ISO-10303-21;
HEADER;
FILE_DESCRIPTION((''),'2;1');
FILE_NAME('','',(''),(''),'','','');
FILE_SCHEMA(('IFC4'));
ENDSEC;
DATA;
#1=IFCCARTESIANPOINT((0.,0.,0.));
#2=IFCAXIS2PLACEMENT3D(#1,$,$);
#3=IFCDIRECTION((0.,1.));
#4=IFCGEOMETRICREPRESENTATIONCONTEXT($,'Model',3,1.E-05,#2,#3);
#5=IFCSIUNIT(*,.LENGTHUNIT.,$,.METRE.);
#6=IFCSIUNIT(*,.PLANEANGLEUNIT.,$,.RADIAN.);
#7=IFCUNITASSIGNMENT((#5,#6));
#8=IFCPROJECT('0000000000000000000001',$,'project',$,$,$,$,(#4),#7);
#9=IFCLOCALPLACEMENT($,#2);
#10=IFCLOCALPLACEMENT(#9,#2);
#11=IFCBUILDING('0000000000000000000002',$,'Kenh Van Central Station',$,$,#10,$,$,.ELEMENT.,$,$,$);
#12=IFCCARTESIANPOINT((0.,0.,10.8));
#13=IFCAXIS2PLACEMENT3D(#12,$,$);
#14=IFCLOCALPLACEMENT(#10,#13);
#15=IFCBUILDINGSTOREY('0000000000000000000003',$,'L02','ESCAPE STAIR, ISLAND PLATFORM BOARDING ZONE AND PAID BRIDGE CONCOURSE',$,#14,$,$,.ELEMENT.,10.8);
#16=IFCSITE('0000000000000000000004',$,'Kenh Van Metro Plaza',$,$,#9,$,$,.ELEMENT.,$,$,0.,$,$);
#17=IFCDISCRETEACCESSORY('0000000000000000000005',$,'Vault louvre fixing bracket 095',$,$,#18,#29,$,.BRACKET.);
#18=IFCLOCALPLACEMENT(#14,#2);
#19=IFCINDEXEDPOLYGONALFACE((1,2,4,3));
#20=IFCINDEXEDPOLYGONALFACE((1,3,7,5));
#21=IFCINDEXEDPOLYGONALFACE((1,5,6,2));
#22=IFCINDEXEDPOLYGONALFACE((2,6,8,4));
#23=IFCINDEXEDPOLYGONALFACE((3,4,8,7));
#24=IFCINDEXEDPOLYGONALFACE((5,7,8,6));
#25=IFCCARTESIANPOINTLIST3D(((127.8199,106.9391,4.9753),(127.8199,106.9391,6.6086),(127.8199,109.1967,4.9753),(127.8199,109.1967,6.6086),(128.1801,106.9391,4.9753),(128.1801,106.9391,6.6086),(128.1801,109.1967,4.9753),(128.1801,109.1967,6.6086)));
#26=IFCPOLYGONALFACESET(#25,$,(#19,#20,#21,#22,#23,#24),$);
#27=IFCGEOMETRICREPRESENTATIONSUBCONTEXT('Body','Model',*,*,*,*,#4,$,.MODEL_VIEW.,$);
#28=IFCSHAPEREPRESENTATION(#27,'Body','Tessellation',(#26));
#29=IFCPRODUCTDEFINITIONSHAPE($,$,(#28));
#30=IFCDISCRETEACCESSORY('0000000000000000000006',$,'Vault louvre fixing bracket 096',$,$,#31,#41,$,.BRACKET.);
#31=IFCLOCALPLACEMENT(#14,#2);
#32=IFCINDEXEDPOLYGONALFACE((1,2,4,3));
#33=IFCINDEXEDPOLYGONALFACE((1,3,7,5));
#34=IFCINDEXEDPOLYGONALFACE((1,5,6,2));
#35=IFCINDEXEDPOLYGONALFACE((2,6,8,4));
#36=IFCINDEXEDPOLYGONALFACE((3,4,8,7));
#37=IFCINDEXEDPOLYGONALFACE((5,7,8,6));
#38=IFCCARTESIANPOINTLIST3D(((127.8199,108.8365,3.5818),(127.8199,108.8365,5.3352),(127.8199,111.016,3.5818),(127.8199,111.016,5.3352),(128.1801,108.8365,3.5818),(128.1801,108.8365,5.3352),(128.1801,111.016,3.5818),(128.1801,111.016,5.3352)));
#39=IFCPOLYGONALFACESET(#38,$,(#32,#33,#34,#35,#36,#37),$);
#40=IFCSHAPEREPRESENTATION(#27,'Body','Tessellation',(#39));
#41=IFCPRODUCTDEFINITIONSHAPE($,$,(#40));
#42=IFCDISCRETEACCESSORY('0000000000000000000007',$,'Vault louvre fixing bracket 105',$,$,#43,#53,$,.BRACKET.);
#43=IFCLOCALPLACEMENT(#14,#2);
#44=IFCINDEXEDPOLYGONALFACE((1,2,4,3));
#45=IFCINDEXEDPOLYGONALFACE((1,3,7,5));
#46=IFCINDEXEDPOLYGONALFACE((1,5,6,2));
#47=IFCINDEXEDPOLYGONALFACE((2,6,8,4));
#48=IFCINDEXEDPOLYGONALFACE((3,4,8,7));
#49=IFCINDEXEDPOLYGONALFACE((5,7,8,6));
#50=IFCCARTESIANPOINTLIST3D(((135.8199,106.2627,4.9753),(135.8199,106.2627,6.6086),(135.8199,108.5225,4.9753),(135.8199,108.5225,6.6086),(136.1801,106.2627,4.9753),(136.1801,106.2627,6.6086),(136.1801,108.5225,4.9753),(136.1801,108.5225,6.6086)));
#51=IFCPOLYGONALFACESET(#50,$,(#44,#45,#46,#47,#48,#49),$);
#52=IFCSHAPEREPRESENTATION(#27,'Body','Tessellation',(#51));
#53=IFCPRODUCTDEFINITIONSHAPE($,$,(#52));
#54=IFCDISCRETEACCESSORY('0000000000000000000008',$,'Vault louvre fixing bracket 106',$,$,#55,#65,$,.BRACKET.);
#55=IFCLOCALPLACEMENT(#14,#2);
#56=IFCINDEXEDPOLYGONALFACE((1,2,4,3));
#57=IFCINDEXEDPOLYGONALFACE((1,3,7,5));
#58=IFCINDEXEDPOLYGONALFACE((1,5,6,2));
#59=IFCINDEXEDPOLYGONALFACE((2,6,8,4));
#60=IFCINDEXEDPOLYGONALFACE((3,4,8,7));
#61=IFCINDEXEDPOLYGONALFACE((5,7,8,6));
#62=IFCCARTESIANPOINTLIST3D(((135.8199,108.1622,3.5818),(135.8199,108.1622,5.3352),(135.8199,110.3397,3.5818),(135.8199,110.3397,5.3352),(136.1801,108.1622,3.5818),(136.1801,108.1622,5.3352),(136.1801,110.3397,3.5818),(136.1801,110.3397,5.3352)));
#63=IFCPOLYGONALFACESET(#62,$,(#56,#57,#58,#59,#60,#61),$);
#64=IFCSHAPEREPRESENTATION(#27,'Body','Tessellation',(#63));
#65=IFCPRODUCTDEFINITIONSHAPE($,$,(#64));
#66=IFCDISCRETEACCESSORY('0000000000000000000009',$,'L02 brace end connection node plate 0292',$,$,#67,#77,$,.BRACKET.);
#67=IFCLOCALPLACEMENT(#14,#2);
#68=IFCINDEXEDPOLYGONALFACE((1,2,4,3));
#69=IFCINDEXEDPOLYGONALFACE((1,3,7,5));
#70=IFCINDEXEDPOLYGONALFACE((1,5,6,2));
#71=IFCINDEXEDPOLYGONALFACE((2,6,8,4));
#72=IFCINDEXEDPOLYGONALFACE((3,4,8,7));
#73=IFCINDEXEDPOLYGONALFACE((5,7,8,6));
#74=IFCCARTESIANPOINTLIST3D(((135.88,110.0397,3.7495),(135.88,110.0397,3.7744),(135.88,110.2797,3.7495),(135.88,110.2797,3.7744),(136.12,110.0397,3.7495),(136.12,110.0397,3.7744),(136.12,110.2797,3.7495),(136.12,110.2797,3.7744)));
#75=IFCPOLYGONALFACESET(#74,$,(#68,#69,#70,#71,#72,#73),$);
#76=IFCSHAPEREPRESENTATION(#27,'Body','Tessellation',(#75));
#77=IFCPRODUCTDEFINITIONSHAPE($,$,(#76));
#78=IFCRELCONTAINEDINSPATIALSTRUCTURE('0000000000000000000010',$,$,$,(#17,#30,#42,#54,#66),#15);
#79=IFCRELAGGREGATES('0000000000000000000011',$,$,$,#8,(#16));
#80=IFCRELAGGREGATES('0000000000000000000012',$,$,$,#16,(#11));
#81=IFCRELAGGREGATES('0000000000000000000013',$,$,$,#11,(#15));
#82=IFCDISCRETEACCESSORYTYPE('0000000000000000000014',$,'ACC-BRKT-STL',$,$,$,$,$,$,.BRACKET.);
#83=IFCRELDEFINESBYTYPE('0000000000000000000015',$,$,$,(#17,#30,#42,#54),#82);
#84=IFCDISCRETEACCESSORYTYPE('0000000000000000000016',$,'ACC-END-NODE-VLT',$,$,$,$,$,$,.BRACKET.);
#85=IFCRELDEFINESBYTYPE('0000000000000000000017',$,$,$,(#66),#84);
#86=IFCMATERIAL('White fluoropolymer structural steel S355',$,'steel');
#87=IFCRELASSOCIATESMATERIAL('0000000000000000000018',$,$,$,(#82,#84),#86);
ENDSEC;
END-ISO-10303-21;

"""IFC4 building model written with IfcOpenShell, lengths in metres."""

from ifc_helpers import new_model, si_unit, direction, frame, origin, origin_2d, place, context, subcontext, project, spatial, rectangle, extrude, material, type_object, element, save


model = new_model("IFC4")

# Units and contexts
model_context = context("Model", 3, precision=1e-05, world=origin(), true_north=direction((0.0, 1.0)))
body_context = subcontext(model_context, "Body", "Model", "MODEL_VIEW")
ifc_project = project(units=[si_unit("LENGTHUNIT", "METRE"), si_unit("PLANEANGLEUNIT", "RADIAN")], contexts=[model_context])

# Site, building, storey
site_placement = place(None, origin())
site = spatial("IfcSite", under=ifc_project, at=site_placement, Name="Kenh Van Metro Plaza", CompositionType="ELEMENT", RefElevation=0.0)
building_placement = place(site_placement, origin())
building = spatial("IfcBuilding", under=site, at=building_placement, Name="Kenh Van Central Station", CompositionType="ELEMENT")
storey_placement = place(building_placement, frame((0.0, 0.0, 10.8)))
storey = spatial("IfcBuildingStorey", under=building, at=storey_placement, Name="L02", Description="ESCAPE STAIR, ISLAND PLATFORM BOARDING ZONE AND PAID BRIDGE CONCOURSE", CompositionType="ELEMENT", Elevation=10.8)

# Shared definitions
ifc_material_1 = material(Name="White fluoropolymer structural steel S355", Category="steel")

# Discrete accessories
discrete_accessory_type_1 = type_object("IfcDiscreteAccessoryType", Name="ACC-BRKT-STL", PredefinedType="BRACKET", material=ifc_material_1)
discrete_accessory_1_placement = place(storey_placement, frame((128.0, 108.0679, 4.9753), z_axis=(0.0, 0.0, 1.0), x_axis=(1.0, 0.0, 0.0)))
element("IfcDiscreteAccessory", 1, at=discrete_accessory_1_placement, inside=storey, type_object=discrete_accessory_type_1, Name="Vault louvre fixing bracket 095", PredefinedType="BRACKET", context=body_context, shape_type="SweptSolid", body=[
    extrude(rectangle(XDim=0.3601, YDim=2.2576, at=origin_2d()), origin(), (0.0, 0.0, 1.0), 1.6333),
])
discrete_accessory_2_placement = place(storey_placement, frame((128.0, 109.9263, 3.5818), z_axis=(0.0, 0.0, 1.0), x_axis=(1.0, 0.0, 0.0)))
element("IfcDiscreteAccessory", 2, at=discrete_accessory_2_placement, inside=storey, type_object=discrete_accessory_type_1, Name="Vault louvre fixing bracket 096", PredefinedType="BRACKET", context=body_context, shape_type="SweptSolid", body=[
    extrude(rectangle(XDim=0.3601, YDim=2.1794, at=origin_2d()), origin(), (0.0, 0.0, 1.0), 1.7534),
])
discrete_accessory_3_placement = place(storey_placement, frame((136.0, 107.3926, 4.9753), z_axis=(0.0, 0.0, 1.0), x_axis=(1.0, 0.0, 0.0)))
element("IfcDiscreteAccessory", 3, at=discrete_accessory_3_placement, inside=storey, type_object=discrete_accessory_type_1, Name="Vault louvre fixing bracket 105", PredefinedType="BRACKET", context=body_context, shape_type="SweptSolid", body=[
    extrude(rectangle(XDim=0.3601, YDim=2.2598, at=origin_2d()), origin(), (0.0, 0.0, 1.0), 1.6333),
])
discrete_accessory_4_placement = place(storey_placement, frame((136.0, 109.251, 3.5818), z_axis=(0.0, 0.0, 1.0), x_axis=(1.0, 0.0, 0.0)))
element("IfcDiscreteAccessory", 4, at=discrete_accessory_4_placement, inside=storey, type_object=discrete_accessory_type_1, Name="Vault louvre fixing bracket 106", PredefinedType="BRACKET", context=body_context, shape_type="SweptSolid", body=[
    extrude(rectangle(XDim=0.3601, YDim=2.1775, at=origin_2d()), origin(), (0.0, 0.0, 1.0), 1.7534),
])
discrete_accessory_type_2 = type_object("IfcDiscreteAccessoryType", Name="ACC-END-NODE-VLT", PredefinedType="BRACKET", material=ifc_material_1)
discrete_accessory_5_placement = place(storey_placement, frame((136.0, 110.1597, 3.7495), z_axis=(0.0, 0.0, 1.0), x_axis=(1.0, 0.0, 0.0)))
element("IfcDiscreteAccessory", 5, at=discrete_accessory_5_placement, inside=storey, type_object=discrete_accessory_type_2, Name="L02 brace end connection node plate 0292", PredefinedType="BRACKET", context=body_context, shape_type="SweptSolid", body=[
    extrude(rectangle(XDim=0.24, YDim=0.24, at=origin_2d()), origin(), (0.0, 0.0, 1.0), 0.0249),
])

save(model, "model.ifc")
